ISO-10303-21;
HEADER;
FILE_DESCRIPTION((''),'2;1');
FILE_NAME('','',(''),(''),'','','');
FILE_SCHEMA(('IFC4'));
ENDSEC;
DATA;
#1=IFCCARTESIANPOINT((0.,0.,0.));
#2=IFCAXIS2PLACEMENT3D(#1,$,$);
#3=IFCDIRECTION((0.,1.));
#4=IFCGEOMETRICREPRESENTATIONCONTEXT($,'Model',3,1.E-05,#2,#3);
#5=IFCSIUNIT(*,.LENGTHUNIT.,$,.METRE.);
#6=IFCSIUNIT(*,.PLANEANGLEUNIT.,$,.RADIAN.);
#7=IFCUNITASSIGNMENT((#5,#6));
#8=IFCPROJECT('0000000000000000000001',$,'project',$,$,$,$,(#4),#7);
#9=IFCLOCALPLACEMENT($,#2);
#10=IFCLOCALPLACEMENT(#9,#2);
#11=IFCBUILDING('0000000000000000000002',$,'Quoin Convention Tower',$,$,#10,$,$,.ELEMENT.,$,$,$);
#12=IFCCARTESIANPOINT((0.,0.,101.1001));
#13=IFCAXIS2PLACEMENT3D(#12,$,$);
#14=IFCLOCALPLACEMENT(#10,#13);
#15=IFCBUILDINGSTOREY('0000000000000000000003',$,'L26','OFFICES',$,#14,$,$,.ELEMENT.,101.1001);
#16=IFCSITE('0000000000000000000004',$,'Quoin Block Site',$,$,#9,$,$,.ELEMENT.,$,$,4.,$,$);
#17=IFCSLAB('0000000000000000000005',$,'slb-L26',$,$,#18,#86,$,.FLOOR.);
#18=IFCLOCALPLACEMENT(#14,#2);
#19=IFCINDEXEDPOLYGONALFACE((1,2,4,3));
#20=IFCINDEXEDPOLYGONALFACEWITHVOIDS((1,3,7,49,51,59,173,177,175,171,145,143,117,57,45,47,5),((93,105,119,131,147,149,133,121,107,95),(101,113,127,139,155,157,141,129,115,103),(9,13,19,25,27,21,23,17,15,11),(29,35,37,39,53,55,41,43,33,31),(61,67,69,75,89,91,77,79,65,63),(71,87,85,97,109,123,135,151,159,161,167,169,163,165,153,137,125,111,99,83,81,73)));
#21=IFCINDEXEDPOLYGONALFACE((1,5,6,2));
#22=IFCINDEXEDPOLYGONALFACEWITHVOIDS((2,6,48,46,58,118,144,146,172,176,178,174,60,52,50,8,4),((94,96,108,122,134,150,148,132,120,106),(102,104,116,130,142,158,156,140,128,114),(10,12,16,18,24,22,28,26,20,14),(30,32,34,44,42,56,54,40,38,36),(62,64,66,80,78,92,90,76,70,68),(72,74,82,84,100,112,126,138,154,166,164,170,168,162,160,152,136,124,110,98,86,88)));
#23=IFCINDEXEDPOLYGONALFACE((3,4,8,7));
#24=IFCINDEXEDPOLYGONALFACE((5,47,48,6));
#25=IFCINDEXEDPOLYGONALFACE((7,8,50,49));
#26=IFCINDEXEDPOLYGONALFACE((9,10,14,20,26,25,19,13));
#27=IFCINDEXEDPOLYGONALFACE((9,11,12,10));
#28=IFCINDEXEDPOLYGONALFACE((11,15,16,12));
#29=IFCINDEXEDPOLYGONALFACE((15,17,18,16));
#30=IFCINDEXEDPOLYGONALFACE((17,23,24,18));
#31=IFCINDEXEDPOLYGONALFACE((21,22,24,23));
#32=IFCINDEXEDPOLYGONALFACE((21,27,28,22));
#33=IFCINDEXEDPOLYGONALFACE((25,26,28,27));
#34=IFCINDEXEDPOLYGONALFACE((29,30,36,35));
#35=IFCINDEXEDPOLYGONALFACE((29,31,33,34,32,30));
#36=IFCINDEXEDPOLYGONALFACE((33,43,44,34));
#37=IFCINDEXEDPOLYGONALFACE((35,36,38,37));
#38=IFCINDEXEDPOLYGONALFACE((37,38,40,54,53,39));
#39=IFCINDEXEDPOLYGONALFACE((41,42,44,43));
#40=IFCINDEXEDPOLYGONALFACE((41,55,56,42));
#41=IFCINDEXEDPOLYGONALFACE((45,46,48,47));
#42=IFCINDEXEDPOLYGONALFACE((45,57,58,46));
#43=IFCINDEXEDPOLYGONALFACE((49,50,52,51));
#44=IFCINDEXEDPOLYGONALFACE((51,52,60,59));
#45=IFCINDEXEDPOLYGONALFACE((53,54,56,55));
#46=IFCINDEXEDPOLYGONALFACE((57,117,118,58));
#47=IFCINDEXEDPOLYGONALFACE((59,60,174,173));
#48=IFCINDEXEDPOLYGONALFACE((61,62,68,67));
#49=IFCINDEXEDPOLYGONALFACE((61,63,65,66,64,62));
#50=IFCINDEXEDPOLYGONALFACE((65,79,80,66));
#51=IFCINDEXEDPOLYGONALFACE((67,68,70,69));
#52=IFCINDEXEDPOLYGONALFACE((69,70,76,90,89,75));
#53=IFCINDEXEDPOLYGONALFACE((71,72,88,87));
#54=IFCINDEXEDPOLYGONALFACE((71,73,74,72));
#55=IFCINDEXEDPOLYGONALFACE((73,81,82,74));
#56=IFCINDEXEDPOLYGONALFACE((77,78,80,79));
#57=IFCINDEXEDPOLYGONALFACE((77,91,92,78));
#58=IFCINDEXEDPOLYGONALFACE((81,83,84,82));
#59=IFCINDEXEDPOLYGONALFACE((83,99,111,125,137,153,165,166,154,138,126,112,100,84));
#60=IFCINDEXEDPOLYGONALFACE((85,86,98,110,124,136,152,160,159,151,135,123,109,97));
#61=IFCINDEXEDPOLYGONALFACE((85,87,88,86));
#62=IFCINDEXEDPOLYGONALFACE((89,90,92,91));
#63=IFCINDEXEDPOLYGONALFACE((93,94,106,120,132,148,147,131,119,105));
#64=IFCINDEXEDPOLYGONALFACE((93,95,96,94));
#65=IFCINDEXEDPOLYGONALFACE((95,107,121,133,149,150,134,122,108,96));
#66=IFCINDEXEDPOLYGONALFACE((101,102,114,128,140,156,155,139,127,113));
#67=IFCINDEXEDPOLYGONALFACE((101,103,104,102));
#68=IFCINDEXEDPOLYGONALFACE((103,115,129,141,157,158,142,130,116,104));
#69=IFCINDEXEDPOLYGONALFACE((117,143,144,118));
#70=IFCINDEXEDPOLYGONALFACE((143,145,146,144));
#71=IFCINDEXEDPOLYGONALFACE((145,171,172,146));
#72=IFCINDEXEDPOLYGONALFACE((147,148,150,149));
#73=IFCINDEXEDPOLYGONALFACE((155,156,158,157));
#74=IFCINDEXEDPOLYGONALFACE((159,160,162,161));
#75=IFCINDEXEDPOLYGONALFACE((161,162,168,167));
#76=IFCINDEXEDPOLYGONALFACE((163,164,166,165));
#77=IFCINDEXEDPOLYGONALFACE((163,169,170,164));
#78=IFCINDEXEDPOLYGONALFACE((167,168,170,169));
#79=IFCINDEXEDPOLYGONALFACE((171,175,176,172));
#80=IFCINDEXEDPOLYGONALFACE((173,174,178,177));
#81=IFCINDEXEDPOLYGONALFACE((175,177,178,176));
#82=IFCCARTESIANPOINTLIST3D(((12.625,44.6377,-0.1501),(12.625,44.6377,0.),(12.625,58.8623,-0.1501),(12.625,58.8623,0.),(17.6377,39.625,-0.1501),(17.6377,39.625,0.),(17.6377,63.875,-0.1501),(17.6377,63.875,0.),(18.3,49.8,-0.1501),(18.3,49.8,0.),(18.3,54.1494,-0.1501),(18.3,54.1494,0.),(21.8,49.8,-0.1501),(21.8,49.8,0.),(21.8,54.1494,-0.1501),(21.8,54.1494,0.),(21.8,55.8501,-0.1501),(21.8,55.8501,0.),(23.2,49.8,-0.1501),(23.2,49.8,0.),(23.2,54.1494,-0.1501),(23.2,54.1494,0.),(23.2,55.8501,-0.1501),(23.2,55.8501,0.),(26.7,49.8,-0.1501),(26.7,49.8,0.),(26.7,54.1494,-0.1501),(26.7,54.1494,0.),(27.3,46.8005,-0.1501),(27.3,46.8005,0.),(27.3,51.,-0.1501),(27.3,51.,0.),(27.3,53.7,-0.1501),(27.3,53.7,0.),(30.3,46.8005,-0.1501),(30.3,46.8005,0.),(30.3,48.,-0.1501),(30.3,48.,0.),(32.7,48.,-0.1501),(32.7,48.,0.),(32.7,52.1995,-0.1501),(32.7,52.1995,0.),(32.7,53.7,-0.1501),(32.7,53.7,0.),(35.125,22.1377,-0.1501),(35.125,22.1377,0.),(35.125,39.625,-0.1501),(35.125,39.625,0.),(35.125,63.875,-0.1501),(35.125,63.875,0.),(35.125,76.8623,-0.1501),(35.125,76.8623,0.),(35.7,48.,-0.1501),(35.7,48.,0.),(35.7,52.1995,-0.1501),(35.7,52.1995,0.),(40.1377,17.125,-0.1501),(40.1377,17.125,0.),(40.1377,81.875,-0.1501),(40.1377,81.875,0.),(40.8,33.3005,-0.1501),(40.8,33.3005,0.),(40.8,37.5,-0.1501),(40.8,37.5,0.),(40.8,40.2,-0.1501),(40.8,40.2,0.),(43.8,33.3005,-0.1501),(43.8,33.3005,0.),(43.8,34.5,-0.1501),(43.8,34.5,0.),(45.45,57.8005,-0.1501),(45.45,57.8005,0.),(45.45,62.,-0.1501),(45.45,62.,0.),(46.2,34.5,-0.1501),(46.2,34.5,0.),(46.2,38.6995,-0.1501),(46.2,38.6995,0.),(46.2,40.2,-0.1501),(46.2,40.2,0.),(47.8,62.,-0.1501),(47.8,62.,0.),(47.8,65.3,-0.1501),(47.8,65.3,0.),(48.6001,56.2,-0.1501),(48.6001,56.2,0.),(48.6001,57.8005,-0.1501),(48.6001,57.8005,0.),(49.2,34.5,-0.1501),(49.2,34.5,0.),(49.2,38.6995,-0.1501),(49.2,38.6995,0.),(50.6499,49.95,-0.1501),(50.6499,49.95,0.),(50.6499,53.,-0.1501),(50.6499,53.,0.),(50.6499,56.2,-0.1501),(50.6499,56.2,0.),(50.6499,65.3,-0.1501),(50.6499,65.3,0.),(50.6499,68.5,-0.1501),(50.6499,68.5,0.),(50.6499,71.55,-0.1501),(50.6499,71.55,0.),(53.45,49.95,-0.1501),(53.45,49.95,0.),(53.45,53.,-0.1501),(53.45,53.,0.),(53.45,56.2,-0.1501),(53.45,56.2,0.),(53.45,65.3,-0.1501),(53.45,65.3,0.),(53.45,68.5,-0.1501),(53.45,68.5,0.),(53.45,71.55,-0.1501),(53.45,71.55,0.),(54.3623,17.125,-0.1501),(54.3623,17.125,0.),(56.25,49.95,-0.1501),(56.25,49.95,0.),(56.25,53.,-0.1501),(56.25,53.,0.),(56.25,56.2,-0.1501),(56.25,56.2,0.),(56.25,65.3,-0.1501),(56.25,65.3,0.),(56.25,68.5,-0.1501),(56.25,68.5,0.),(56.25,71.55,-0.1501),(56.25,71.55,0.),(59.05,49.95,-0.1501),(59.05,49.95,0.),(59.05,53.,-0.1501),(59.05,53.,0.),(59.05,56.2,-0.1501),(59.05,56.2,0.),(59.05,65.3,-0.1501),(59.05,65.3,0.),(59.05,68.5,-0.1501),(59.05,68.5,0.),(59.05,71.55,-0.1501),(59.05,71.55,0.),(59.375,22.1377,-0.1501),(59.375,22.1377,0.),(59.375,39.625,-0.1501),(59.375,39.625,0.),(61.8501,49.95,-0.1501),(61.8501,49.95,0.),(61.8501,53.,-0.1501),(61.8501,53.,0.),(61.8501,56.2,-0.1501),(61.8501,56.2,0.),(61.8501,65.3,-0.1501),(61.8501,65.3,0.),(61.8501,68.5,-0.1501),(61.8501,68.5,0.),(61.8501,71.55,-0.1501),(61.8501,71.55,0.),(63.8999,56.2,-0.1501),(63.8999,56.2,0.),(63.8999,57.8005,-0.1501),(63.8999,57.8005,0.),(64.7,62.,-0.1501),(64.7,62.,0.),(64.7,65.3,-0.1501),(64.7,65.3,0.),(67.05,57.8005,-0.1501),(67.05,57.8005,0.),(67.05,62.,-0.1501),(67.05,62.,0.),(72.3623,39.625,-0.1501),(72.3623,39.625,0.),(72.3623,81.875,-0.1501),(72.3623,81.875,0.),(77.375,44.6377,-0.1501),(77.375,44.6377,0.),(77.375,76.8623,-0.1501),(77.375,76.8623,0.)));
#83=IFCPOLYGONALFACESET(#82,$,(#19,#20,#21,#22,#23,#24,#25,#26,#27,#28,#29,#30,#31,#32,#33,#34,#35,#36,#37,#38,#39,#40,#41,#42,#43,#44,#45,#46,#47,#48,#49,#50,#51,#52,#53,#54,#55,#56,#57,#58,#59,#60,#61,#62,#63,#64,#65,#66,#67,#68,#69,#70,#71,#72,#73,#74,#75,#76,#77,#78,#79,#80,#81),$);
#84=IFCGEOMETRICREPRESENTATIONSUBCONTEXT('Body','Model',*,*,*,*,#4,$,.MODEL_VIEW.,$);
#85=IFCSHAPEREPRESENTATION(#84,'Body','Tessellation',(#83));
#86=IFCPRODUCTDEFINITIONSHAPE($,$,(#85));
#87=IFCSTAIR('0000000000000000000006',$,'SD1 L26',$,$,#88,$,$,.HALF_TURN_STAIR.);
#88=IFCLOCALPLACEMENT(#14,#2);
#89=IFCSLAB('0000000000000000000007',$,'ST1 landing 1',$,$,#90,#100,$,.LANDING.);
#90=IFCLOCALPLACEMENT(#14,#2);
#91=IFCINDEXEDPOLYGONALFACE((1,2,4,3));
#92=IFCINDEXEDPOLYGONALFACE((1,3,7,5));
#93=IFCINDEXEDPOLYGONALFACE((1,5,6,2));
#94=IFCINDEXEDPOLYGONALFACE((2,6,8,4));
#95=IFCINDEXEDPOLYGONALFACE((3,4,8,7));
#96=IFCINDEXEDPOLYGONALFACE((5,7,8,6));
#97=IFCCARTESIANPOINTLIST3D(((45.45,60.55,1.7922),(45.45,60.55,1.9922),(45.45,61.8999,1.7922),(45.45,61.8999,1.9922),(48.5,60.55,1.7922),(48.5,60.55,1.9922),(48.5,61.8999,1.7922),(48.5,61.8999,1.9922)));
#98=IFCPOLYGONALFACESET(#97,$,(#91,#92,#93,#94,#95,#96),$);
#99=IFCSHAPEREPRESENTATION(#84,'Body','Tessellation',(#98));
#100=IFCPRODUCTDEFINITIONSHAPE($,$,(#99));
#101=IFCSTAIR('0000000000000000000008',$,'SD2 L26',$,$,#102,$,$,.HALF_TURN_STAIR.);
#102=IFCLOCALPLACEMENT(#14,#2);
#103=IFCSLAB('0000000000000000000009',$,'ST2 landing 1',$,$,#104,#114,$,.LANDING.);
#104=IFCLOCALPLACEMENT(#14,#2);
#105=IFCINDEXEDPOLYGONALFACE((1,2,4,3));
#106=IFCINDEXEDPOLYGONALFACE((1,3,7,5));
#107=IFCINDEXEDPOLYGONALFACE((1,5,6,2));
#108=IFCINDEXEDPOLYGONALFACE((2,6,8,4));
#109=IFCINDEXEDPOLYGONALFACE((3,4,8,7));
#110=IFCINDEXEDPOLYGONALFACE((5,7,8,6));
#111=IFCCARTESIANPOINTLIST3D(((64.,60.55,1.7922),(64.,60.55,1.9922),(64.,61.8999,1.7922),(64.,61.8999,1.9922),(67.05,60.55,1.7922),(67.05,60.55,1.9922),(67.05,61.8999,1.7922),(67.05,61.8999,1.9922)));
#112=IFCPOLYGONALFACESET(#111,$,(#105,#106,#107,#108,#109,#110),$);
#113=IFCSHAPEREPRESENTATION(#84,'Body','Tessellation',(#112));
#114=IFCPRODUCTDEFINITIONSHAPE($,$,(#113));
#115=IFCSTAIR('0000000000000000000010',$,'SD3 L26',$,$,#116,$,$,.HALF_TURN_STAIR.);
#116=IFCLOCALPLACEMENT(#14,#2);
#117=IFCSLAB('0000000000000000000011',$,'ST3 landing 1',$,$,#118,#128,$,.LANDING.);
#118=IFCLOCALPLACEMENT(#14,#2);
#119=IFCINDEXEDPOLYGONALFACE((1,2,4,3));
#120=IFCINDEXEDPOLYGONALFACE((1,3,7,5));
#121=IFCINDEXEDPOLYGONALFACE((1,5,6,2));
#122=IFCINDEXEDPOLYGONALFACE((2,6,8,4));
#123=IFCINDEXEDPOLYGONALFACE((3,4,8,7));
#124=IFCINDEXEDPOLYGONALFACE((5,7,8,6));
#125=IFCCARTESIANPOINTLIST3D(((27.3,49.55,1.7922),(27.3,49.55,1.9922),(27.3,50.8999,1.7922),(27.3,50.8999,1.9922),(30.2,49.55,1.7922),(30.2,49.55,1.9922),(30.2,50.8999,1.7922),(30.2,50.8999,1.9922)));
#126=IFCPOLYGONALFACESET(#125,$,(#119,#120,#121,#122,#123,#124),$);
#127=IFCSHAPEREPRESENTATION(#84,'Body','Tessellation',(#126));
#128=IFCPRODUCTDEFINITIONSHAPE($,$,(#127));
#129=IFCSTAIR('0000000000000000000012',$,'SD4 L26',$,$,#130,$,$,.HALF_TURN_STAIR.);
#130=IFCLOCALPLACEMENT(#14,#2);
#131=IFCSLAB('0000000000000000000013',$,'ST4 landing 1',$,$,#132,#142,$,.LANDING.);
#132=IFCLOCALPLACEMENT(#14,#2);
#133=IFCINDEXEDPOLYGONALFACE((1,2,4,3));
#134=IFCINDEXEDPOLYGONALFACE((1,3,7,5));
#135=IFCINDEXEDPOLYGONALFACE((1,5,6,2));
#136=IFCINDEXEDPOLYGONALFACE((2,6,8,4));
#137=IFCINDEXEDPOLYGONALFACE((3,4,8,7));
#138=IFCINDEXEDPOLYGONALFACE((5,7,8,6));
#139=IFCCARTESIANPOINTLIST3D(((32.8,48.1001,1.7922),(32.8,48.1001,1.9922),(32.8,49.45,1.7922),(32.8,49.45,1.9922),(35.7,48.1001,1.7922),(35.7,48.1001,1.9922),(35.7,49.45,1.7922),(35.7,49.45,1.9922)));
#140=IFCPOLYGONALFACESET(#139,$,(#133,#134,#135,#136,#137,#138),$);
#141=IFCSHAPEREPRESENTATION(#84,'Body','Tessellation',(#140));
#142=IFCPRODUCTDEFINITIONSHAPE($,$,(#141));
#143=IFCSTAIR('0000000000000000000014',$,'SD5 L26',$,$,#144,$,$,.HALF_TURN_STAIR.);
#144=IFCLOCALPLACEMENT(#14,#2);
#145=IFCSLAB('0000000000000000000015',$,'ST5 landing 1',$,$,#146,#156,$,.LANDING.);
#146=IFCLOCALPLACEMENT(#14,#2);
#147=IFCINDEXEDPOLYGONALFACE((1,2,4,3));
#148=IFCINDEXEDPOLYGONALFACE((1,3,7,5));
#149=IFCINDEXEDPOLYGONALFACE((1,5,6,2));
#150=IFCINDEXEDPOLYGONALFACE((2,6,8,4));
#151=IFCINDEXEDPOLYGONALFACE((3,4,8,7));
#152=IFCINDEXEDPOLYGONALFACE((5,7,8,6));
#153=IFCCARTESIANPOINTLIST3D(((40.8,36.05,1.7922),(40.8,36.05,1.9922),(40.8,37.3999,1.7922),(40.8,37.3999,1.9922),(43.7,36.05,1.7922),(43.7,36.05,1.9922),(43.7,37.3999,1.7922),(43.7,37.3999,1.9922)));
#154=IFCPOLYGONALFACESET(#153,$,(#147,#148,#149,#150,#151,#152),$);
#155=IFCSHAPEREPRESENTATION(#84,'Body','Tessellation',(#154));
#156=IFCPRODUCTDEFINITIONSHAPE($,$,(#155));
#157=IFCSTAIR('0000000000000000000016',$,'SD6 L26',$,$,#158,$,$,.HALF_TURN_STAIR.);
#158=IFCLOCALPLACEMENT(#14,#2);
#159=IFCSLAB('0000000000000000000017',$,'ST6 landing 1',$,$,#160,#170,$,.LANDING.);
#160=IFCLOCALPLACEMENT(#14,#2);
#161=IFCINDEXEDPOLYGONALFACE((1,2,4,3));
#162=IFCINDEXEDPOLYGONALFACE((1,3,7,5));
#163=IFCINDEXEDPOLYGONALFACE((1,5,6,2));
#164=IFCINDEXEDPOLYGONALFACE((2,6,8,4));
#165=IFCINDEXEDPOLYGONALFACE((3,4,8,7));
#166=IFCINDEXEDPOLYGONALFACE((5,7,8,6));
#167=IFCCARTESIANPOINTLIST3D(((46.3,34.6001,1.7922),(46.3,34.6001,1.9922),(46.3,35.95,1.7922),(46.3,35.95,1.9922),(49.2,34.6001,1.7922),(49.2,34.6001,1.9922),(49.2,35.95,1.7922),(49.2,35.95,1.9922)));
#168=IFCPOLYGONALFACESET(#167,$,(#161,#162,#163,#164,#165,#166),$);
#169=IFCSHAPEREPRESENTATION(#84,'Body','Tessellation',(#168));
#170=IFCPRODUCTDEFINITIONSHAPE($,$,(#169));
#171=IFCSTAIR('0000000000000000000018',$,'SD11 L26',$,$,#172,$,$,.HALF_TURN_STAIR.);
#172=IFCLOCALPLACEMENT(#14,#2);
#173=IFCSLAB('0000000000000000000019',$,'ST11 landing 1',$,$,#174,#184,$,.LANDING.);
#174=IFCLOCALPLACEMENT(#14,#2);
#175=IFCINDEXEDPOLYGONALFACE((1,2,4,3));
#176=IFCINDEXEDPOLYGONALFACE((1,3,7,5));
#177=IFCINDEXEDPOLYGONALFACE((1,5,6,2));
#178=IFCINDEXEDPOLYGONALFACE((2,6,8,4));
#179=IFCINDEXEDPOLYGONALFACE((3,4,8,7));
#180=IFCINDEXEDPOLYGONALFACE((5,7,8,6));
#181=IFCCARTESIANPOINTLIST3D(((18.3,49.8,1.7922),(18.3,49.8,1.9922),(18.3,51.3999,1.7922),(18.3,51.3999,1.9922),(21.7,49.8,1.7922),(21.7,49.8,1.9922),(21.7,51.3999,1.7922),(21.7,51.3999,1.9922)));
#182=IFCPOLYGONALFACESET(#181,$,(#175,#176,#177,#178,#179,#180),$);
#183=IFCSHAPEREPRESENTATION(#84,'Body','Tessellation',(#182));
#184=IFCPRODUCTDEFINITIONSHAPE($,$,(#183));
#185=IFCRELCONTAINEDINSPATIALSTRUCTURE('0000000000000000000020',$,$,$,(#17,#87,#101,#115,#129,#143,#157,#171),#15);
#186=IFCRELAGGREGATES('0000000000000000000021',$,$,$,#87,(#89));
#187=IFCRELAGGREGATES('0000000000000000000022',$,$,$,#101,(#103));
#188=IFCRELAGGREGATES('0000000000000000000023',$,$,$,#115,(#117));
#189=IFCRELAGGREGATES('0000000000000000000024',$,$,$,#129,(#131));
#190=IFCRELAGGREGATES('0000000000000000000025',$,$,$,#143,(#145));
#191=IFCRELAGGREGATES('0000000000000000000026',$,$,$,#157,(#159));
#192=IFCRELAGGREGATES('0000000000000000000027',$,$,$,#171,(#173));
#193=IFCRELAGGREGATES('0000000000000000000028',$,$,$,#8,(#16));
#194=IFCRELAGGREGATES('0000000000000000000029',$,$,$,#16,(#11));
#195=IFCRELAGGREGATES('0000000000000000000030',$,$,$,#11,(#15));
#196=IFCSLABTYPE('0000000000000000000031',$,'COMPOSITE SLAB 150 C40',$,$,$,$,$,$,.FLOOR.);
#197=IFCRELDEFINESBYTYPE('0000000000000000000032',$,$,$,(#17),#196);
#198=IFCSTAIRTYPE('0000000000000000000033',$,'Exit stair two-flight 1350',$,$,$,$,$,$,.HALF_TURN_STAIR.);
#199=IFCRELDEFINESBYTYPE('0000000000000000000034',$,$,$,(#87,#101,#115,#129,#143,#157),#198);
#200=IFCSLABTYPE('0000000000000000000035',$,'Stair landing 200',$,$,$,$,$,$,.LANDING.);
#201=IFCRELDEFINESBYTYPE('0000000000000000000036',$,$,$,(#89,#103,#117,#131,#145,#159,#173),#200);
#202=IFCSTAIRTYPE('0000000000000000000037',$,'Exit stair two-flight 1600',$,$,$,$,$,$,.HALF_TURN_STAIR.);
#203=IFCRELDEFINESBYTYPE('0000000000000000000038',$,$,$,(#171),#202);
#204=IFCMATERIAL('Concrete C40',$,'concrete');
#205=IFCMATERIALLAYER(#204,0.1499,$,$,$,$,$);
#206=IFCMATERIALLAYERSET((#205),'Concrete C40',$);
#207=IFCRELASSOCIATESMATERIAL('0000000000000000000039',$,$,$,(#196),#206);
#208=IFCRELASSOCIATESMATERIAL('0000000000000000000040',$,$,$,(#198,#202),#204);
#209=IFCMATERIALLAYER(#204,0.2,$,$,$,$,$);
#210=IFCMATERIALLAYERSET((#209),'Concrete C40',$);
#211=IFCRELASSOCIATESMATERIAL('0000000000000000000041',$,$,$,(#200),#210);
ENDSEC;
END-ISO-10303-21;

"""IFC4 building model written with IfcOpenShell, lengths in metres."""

from ifc_helpers import new_model, si_unit, direction, frame, origin, place, context, subcontext, project, spatial, polyline, outline, extrude, material, layer, layer_set, type_object, element, aggregate, save


model = new_model("IFC4")

# Units and contexts
model_context = context("Model", 3, precision=1e-05, world=origin(), true_north=direction((0.0, 1.0)))
body_context = subcontext(model_context, "Body", "Model", "MODEL_VIEW")
ifc_project = project(units=[si_unit("LENGTHUNIT", "METRE"), si_unit("PLANEANGLEUNIT", "RADIAN")], contexts=[model_context])

# Site, building, storey
site_placement = place(None, origin())
site = spatial("IfcSite", under=ifc_project, at=site_placement, Name="Quoin Block Site", CompositionType="ELEMENT", RefElevation=4.0)
building_placement = place(site_placement, origin())
building = spatial("IfcBuilding", under=site, at=building_placement, Name="Quoin Convention Tower", CompositionType="ELEMENT")
storey_placement = place(building_placement, frame((0.0, 0.0, 101.1001)))
storey = spatial("IfcBuildingStorey", under=building, at=storey_placement, Name="L26", Description="OFFICES", CompositionType="ELEMENT", Elevation=101.1001)

# Slab
ifc_material_1 = material(Name="Concrete C40", Category="concrete")
ifc_layer_1 = layer(ifc_material_1, 0.1499)
ifc_layer_set_1 = layer_set([ifc_layer_1], Name="Concrete C40")
slab_type_1 = type_object("IfcSlabType", Name="COMPOSITE SLAB 150 C40", PredefinedType="FLOOR", material=ifc_layer_set_1)
slab_1_placement = place(storey_placement, frame((0.0, 0.0, -0.1501)))
element("IfcSlab", 1, at=slab_1_placement, inside=storey, type_object=slab_type_1, Name="slb-L26", PredefinedType="FLOOR", context=body_context, shape_type="SweptSolid", body=[
    extrude(outline(polyline([(59.375, 22.1377), (54.3623, 17.125), (40.1377, 17.125), (35.125, 22.1377), (35.125, 39.625), (17.6377, 39.625), (12.625, 44.6377), (12.625, 58.8623), (17.6377, 63.875), (35.125, 63.875), (35.125, 76.8623), (40.1377, 81.875), (72.3623, 81.875), (77.375, 76.8623), (77.375, 44.6377), (72.3623, 39.625), (59.375, 39.625), (59.375, 22.1377)]), holes=[polyline([(40.8, 40.2), (40.8, 37.5), (40.8, 33.3005), (43.8, 33.3005), (43.8, 34.5), (46.2, 34.5), (49.2, 34.5), (49.2, 38.6995), (46.2, 38.6995), (46.2, 40.2), (40.8, 40.2)]), polyline([(35.7, 52.1995), (32.7, 52.1995), (32.7, 53.7), (27.3, 53.7), (27.3, 51.0), (27.3, 46.8005), (30.3, 46.8005), (30.3, 48.0), (32.7, 48.0), (35.7, 48.0), (35.7, 52.1995)]), polyline([(53.45, 49.95), (56.25, 49.95), (59.05, 49.95), (61.8501, 49.95), (61.8501, 53.0), (59.05, 53.0), (56.25, 53.0), (53.45, 53.0), (50.6499, 53.0), (50.6499, 49.95), (53.45, 49.95)]), polyline([(21.8, 55.8501), (21.8, 54.1494), (18.3, 54.1494), (18.3, 49.8), (21.8, 49.8), (23.2, 49.8), (26.7, 49.8), (26.7, 54.1494), (23.2, 54.1494), (23.2, 55.8501), (21.8, 55.8501)]), polyline([(48.6001, 57.8005), (48.6001, 56.2), (50.6499, 56.2), (53.45, 56.2), (56.25, 56.2), (59.05, 56.2), (61.8501, 56.2), (63.8999, 56.2), (63.8999, 57.8005), (67.05, 57.8005), (67.05, 62.0), (64.7, 62.0), (64.7, 65.3), (61.8501, 65.3), (59.05, 65.3), (56.25, 65.3), (53.45, 65.3), (50.6499, 65.3), (47.8, 65.3), (47.8, 62.0), (45.45, 62.0), (45.45, 57.8005), (48.6001, 57.8005)]), polyline([(50.6499, 68.5), (53.45, 68.5), (56.25, 68.5), (59.05, 68.5), (61.8501, 68.5), (61.8501, 71.55), (59.05, 71.55), (56.25, 71.55), (53.45, 71.55), (50.6499, 71.55), (50.6499, 68.5)])]), origin(), (0.0, 0.0, 1.0), 0.1501),
])

# Stairs, slabs
stair_type_1 = type_object("IfcStairType", Name="Exit stair two-flight 1350", PredefinedType="HALF_TURN_STAIR", material=ifc_material_1)
stair_1_placement = place(storey_placement, origin())
stair_1 = element("IfcStair", 2, at=stair_1_placement, inside=storey, type_object=stair_type_1, Name="SD1 L26", PredefinedType="HALF_TURN_STAIR")
ifc_layer_2 = layer(ifc_material_1, 0.2)
ifc_layer_set_2 = layer_set([ifc_layer_2], Name="Concrete C40")
slab_type_2 = type_object("IfcSlabType", Name="Stair landing 200", PredefinedType="LANDING", material=ifc_layer_set_2)
slab_2_placement = place(storey_placement, frame((0.0, 0.0, 1.7922)))
slab_2 = element("IfcSlab", 3, at=slab_2_placement, type_object=slab_type_2, Name="ST1 landing 1", PredefinedType="LANDING", context=body_context, shape_type="SweptSolid", body=[
    extrude(outline(polyline([(45.45, 60.55), (48.5, 60.55), (48.5, 61.8999), (45.45, 61.8999), (45.45, 60.55)])), origin(), (0.0, 0.0, 1.0), 0.2),
])
aggregate(stair_1, [slab_2])
stair_2_placement = place(storey_placement, origin())
stair_2 = element("IfcStair", 4, at=stair_2_placement, inside=storey, type_object=stair_type_1, Name="SD2 L26", PredefinedType="HALF_TURN_STAIR")
slab_3_placement = place(storey_placement, frame((0.0, 0.0, 1.7922)))
slab_3 = element("IfcSlab", 5, at=slab_3_placement, type_object=slab_type_2, Name="ST2 landing 1", PredefinedType="LANDING", context=body_context, shape_type="SweptSolid", body=[
    extrude(outline(polyline([(64.0, 60.55), (67.05, 60.55), (67.05, 61.8999), (64.0, 61.8999), (64.0, 60.55)])), origin(), (0.0, 0.0, 1.0), 0.2),
])
aggregate(stair_2, [slab_3])
stair_3_placement = place(storey_placement, origin())
stair_3 = element("IfcStair", 6, at=stair_3_placement, inside=storey, type_object=stair_type_1, Name="SD3 L26", PredefinedType="HALF_TURN_STAIR")
slab_4_placement = place(storey_placement, frame((0.0, 0.0, 1.7922)))
slab_4 = element("IfcSlab", 7, at=slab_4_placement, type_object=slab_type_2, Name="ST3 landing 1", PredefinedType="LANDING", context=body_context, shape_type="SweptSolid", body=[
    extrude(outline(polyline([(27.3, 49.55), (30.2, 49.55), (30.2, 50.8999), (27.3, 50.8999), (27.3, 49.55)])), origin(), (0.0, 0.0, 1.0), 0.2),
])
aggregate(stair_3, [slab_4])
stair_4_placement = place(storey_placement, origin())
stair_4 = element("IfcStair", 8, at=stair_4_placement, inside=storey, type_object=stair_type_1, Name="SD4 L26", PredefinedType="HALF_TURN_STAIR")
slab_5_placement = place(storey_placement, frame((0.0, 0.0, 1.7922)))
slab_5 = element("IfcSlab", 9, at=slab_5_placement, type_object=slab_type_2, Name="ST4 landing 1", PredefinedType="LANDING", context=body_context, shape_type="SweptSolid", body=[
    extrude(outline(polyline([(35.7, 49.45), (32.8, 49.45), (32.8, 48.1001), (35.7, 48.1001), (35.7, 49.45)])), origin(), (0.0, 0.0, 1.0), 0.2),
])
aggregate(stair_4, [slab_5])
stair_5_placement = place(storey_placement, origin())
stair_5 = element("IfcStair", 10, at=stair_5_placement, inside=storey, type_object=stair_type_1, Name="SD5 L26", PredefinedType="HALF_TURN_STAIR")
slab_6_placement = place(storey_placement, frame((0.0, 0.0, 1.7922)))
slab_6 = element("IfcSlab", 11, at=slab_6_placement, type_object=slab_type_2, Name="ST5 landing 1", PredefinedType="LANDING", context=body_context, shape_type="SweptSolid", body=[
    extrude(outline(polyline([(40.8, 36.05), (43.7, 36.05), (43.7, 37.3999), (40.8, 37.3999), (40.8, 36.05)])), origin(), (0.0, 0.0, 1.0), 0.2),
])
aggregate(stair_5, [slab_6])
stair_6_placement = place(storey_placement, origin())
stair_6 = element("IfcStair", 12, at=stair_6_placement, inside=storey, type_object=stair_type_1, Name="SD6 L26", PredefinedType="HALF_TURN_STAIR")
slab_7_placement = place(storey_placement, frame((0.0, 0.0, 1.7922)))
slab_7 = element("IfcSlab", 13, at=slab_7_placement, type_object=slab_type_2, Name="ST6 landing 1", PredefinedType="LANDING", context=body_context, shape_type="SweptSolid", body=[
    extrude(outline(polyline([(49.2, 35.95), (46.3, 35.95), (46.3, 34.6001), (49.2, 34.6001), (49.2, 35.95)])), origin(), (0.0, 0.0, 1.0), 0.2),
])
aggregate(stair_6, [slab_7])
stair_type_2 = type_object("IfcStairType", Name="Exit stair two-flight 1600", PredefinedType="HALF_TURN_STAIR", material=ifc_material_1)
stair_7_placement = place(storey_placement, origin())
stair_7 = element("IfcStair", 14, at=stair_7_placement, inside=storey, type_object=stair_type_2, Name="SD11 L26", PredefinedType="HALF_TURN_STAIR")
slab_8_placement = place(storey_placement, frame((0.0, 0.0, 1.7922)))
slab_8 = element("IfcSlab", 15, at=slab_8_placement, type_object=slab_type_2, Name="ST11 landing 1", PredefinedType="LANDING", context=body_context, shape_type="SweptSolid", body=[
    extrude(outline(polyline([(21.7, 51.3999), (18.3, 51.3999), (18.3, 49.8), (21.7, 49.8), (21.7, 51.3999)])), origin(), (0.0, 0.0, 1.0), 0.2),
])
aggregate(stair_7, [slab_8])

save(model, "model.ifc")
